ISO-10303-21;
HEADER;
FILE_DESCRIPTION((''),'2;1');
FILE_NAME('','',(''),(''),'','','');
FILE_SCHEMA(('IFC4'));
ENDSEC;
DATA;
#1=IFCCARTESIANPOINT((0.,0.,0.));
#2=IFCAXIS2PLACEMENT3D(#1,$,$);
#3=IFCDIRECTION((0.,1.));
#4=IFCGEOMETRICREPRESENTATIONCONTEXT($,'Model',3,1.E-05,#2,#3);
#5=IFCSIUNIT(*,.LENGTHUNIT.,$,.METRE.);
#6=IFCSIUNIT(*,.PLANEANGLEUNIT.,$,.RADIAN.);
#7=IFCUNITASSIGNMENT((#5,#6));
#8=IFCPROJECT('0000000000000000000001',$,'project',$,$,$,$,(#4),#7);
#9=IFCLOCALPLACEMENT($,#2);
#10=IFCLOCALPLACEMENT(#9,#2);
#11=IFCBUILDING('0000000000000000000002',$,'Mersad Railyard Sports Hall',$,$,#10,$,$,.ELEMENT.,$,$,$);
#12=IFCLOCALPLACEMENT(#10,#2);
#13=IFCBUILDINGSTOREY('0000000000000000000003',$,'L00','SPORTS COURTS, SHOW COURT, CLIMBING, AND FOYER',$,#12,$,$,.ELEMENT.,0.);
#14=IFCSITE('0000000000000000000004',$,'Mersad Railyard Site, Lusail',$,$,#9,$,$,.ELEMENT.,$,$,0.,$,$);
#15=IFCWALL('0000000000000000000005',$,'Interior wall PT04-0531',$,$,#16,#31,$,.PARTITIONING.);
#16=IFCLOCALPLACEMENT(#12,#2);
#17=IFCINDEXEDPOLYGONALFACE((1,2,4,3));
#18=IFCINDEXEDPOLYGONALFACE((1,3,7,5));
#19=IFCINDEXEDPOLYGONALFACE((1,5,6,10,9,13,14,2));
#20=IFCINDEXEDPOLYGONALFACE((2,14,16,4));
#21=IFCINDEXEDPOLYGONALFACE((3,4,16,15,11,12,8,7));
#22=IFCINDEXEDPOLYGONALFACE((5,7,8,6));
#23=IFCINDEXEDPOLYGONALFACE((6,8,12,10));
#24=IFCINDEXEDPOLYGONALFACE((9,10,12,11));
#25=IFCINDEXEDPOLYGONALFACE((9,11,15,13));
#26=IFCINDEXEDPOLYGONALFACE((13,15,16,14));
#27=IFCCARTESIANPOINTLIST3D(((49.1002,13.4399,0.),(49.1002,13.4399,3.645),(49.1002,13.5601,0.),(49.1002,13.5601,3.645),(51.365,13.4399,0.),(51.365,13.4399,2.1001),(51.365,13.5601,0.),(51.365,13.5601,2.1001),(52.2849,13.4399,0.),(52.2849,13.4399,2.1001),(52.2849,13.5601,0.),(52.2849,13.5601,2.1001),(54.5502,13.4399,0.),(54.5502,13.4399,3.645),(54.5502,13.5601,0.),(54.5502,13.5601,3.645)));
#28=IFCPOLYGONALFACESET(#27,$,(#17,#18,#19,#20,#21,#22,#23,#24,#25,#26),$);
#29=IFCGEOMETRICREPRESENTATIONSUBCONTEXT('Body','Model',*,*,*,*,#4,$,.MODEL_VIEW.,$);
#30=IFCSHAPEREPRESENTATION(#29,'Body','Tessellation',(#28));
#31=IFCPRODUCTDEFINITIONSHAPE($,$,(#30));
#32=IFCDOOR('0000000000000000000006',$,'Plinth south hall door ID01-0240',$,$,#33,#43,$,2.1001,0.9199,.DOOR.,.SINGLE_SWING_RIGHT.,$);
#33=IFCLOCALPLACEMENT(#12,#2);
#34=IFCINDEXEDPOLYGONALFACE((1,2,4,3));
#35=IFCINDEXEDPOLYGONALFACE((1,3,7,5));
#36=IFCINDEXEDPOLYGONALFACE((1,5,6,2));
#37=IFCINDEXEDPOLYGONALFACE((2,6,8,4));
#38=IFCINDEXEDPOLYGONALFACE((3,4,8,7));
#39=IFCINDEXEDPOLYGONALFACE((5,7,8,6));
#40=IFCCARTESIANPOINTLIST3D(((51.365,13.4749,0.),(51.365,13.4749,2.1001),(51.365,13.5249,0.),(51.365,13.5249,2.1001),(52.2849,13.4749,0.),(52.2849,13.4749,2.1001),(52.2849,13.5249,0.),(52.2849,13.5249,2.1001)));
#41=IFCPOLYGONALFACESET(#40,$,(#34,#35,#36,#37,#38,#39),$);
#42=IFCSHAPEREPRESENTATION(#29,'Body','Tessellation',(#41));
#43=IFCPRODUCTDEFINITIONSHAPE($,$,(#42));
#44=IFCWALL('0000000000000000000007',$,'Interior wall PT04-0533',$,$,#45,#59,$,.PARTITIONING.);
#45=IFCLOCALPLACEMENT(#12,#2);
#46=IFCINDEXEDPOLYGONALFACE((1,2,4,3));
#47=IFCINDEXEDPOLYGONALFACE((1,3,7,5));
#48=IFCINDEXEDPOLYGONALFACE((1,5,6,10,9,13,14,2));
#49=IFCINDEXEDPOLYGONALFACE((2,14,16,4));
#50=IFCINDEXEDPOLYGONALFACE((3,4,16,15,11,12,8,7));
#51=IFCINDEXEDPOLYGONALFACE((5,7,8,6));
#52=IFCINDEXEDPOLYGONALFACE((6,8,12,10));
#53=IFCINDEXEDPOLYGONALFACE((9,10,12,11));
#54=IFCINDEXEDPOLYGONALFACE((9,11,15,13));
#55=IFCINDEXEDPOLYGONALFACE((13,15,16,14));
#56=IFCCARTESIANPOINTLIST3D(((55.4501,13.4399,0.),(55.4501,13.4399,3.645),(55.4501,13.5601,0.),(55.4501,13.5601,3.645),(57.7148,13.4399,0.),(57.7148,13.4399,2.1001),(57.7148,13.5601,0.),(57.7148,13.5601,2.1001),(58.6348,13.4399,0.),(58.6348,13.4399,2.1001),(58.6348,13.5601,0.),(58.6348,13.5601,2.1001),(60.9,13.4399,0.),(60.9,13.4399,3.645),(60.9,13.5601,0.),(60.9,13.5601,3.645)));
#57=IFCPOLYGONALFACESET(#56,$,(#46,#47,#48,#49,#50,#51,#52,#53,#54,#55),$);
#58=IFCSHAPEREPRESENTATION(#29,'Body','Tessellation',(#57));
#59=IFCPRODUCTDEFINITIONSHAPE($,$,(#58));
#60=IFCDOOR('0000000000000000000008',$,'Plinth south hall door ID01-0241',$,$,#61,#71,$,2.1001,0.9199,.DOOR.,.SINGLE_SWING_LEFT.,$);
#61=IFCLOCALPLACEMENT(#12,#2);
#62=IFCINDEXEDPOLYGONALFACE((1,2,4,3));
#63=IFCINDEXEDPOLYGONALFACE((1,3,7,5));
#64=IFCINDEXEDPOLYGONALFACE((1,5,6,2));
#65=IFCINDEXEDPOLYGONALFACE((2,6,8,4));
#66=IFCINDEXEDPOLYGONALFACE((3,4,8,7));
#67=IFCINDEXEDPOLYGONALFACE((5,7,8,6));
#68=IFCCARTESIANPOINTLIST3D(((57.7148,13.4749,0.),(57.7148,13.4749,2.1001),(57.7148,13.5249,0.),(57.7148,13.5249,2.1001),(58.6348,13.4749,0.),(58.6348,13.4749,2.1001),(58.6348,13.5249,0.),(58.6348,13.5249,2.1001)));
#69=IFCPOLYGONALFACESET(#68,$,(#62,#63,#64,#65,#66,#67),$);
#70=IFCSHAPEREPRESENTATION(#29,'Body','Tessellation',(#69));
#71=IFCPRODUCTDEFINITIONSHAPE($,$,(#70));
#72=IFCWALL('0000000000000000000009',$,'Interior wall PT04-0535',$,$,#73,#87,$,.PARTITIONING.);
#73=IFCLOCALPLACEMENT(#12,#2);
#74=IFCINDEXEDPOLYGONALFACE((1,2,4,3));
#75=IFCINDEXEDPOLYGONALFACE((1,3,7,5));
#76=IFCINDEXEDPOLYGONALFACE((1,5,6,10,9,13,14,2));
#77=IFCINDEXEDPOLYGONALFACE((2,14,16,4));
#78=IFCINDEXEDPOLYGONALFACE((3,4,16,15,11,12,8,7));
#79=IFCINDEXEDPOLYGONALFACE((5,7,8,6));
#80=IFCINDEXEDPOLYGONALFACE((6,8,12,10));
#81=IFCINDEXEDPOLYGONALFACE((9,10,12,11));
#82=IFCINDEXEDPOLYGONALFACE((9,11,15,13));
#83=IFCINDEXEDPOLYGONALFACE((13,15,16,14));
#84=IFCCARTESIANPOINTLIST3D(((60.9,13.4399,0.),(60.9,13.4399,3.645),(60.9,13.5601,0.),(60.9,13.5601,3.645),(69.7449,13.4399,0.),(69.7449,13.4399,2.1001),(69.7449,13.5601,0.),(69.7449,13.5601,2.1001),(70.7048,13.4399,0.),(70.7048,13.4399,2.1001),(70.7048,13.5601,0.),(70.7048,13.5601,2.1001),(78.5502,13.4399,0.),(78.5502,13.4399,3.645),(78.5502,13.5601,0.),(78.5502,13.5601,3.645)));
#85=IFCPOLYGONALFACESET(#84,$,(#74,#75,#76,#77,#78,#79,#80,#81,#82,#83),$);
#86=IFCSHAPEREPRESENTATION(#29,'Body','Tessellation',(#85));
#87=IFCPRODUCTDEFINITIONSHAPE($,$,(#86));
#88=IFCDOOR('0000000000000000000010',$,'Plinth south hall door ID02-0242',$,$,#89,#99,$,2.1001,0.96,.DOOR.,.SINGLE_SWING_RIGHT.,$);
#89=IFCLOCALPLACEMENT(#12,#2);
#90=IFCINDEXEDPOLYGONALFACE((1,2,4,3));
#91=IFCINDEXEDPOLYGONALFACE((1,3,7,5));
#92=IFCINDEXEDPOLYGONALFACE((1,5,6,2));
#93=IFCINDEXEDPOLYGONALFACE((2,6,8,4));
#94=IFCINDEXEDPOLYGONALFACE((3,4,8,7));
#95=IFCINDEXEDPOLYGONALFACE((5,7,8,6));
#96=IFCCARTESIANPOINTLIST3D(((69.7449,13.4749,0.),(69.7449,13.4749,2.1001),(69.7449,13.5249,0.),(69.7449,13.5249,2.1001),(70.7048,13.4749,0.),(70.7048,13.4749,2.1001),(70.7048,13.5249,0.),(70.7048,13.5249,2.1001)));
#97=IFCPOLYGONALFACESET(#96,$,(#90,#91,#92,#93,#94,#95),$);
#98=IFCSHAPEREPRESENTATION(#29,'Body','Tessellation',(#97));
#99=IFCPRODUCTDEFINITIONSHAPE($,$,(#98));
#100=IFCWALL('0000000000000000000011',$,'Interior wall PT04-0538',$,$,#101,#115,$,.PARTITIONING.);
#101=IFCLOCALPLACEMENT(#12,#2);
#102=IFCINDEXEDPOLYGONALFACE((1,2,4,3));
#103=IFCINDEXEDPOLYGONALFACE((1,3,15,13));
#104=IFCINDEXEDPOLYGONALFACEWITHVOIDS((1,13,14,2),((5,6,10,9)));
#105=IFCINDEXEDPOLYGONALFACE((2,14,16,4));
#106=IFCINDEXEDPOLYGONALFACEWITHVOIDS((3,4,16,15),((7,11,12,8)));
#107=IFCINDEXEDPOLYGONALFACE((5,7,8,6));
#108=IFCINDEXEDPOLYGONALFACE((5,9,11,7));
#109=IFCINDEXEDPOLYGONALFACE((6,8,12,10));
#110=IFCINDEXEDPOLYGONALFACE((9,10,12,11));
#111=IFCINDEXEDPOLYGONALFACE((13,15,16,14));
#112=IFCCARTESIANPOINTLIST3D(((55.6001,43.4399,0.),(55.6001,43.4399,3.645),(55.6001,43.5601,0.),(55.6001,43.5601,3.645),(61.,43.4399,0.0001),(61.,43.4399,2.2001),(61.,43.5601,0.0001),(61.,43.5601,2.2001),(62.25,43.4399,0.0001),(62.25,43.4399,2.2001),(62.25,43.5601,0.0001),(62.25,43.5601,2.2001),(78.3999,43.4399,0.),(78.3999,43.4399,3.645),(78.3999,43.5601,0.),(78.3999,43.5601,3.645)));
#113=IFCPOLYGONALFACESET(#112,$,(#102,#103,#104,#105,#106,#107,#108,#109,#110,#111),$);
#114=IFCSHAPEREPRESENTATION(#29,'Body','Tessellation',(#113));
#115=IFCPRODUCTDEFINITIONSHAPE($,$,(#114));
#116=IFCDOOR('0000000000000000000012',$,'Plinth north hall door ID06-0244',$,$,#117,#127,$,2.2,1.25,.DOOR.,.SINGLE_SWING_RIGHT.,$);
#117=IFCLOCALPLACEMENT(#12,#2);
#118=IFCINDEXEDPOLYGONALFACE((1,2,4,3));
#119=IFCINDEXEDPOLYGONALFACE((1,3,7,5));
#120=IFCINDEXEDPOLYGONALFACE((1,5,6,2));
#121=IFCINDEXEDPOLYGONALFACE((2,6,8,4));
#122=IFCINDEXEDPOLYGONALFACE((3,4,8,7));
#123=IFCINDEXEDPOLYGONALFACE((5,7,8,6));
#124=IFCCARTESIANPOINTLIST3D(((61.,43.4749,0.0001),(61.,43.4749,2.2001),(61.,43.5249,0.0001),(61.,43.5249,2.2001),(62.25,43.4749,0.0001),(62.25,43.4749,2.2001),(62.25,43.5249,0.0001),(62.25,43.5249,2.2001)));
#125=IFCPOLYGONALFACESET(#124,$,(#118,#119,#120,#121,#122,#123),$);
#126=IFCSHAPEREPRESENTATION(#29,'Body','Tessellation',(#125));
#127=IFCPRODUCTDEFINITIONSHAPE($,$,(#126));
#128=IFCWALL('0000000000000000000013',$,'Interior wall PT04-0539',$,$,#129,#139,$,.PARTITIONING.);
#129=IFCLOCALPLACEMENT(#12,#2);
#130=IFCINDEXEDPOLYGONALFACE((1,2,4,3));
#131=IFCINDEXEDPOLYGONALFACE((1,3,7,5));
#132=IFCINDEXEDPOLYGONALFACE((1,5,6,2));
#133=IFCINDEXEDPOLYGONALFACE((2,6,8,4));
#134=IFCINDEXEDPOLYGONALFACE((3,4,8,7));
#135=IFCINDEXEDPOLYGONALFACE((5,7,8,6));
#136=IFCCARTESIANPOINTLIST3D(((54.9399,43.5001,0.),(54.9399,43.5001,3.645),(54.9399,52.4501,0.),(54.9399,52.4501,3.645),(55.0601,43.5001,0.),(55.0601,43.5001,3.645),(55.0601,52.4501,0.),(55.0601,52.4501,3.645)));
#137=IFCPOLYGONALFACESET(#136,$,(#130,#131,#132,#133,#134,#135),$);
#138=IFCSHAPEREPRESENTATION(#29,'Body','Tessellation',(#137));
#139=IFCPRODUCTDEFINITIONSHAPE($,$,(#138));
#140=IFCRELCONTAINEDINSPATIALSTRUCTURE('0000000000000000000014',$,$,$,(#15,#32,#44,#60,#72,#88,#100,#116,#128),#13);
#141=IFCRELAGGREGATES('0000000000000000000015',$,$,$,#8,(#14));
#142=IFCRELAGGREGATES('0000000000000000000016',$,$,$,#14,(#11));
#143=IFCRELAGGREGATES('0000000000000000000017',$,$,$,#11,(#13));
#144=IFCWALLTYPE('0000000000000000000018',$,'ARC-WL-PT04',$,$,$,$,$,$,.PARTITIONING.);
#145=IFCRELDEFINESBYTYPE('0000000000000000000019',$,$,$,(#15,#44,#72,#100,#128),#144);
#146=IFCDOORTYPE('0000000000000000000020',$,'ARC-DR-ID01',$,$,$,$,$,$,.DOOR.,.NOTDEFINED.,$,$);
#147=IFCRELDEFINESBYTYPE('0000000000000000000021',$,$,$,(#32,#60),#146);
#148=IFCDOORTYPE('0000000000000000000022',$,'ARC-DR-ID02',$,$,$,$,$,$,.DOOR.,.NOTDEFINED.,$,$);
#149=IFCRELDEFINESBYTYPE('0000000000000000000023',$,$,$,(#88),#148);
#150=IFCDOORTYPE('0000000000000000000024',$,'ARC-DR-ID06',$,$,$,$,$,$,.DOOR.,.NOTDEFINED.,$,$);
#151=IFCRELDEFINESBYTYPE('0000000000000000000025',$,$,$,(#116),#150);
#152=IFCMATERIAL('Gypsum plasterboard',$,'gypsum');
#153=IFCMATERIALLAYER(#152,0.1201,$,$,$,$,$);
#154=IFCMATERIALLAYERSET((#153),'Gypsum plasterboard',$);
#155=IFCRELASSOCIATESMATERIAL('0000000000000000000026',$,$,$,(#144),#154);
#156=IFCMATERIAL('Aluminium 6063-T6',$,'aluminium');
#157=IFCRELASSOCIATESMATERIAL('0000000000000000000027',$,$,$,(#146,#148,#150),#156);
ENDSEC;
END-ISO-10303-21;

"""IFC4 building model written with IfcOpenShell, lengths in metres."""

from ifc_helpers import new_model, si_unit, direction, frame, frame_2d, origin, place, context, subcontext, project, spatial, rectangle, extrude, material, layer, layer_set, type_object, element, fill, save


model = new_model("IFC4")

# Units and contexts
model_context = context("Model", 3, precision=1e-05, world=origin(), true_north=direction((0.0, 1.0)))
body_context = subcontext(model_context, "Body", "Model", "MODEL_VIEW")
ifc_project = project(units=[si_unit("LENGTHUNIT", "METRE"), si_unit("PLANEANGLEUNIT", "RADIAN")], contexts=[model_context])

# Site, building, storey
site_placement = place(None, origin())
site = spatial("IfcSite", under=ifc_project, at=site_placement, Name="Mersad Railyard Site, Lusail", CompositionType="ELEMENT", RefElevation=0.0)
building_placement = place(site_placement, origin())
building = spatial("IfcBuilding", under=site, at=building_placement, Name="Mersad Railyard Sports Hall", CompositionType="ELEMENT")
storey_placement = place(building_placement, origin())
storey = spatial("IfcBuildingStorey", under=building, at=storey_placement, Name="L00", Description="SPORTS COURTS, SHOW COURT, CLIMBING, AND FOYER", CompositionType="ELEMENT", Elevation=0.0)

# Walls, openings, doors
ifc_material_1 = material(Name="Gypsum plasterboard", Category="gypsum")
ifc_layer_1 = layer(ifc_material_1, 0.1201)
ifc_layer_set_1 = layer_set([ifc_layer_1], Name="Gypsum plasterboard")
wall_type_1 = type_object("IfcWallType", Name="ARC-WL-PT04", PredefinedType="PARTITIONING", material=ifc_layer_set_1)
ifc_material_2 = material(Name="Aluminium 6063-T6", Category="aluminium")
door_type_1 = type_object("IfcDoorType", Name="ARC-DR-ID01", OperationType="NOTDEFINED", PredefinedType="DOOR", material=ifc_material_2)
wall_1_placement = place(storey_placement, frame((49.1001, 13.5, 0.0), z_axis=(0.0, 0.0, 1.0), x_axis=(1.0, 0.0, 0.0)))
wall_1 = element("IfcWall", 1, at=wall_1_placement, inside=storey, type_object=wall_type_1, Name="Interior wall PT04-0531", PredefinedType="PARTITIONING", context=body_context, shape_type="SweptSolid", body=[
    extrude(rectangle(XDim=5.45, YDim=0.1201, at=frame_2d((2.7251, 0.0))), origin(), (0.0, 0.0, 1.0), 3.645),
])
opening_1_placement = place(wall_1_placement, frame((2.2649, 0.0, 0.0)))
opening_1 = element("IfcOpeningElement", 2, at=opening_1_placement, cuts=wall_1, PredefinedType="OPENING", context=body_context, shape_type="SweptSolid", body=[
    extrude(rectangle(XDim=0.9199, YDim=2.1001, at=frame_2d((0.46, 1.05))), frame((0.0, 0.0701, 0.0), z_axis=(0.0, -1.0, 0.0), x_axis=(1.0, 0.0, 0.0)), (0.0, 0.0, 1.0), 0.1401),
])
door_1_placement = place(opening_1_placement, origin())
door_1 = element("IfcDoor", 3, at=door_1_placement, inside=storey, type_object=door_type_1, Name="Plinth south hall door ID01-0240", OperationType="SINGLE_SWING_RIGHT", OverallHeight=2.1001, OverallWidth=0.9199, PredefinedType="DOOR", context=body_context, shape_type="SweptSolid", body=[
    extrude(rectangle(XDim=0.9199, YDim=2.1001, at=frame_2d((0.46, 1.05))), frame((0.0, 0.0249, 0.0), z_axis=(0.0, -1.0, 0.0), x_axis=(1.0, 0.0, 0.0)), (0.0, 0.0, 1.0), 0.05),
])
fill(opening_1, door_1)
wall_2_placement = place(storey_placement, frame((55.45, 13.5, 0.0), z_axis=(0.0, 0.0, 1.0), x_axis=(1.0, 0.0, 0.0)))
wall_2 = element("IfcWall", 4, at=wall_2_placement, inside=storey, type_object=wall_type_1, Name="Interior wall PT04-0533", PredefinedType="PARTITIONING", context=body_context, shape_type="SweptSolid", body=[
    extrude(rectangle(XDim=5.45, YDim=0.1201, at=frame_2d((2.7251, 0.0))), origin(), (0.0, 0.0, 1.0), 3.645),
])
opening_2_placement = place(wall_2_placement, frame((2.2649, 0.0, 0.0)))
opening_2 = element("IfcOpeningElement", 5, at=opening_2_placement, cuts=wall_2, PredefinedType="OPENING", context=body_context, shape_type="SweptSolid", body=[
    extrude(rectangle(XDim=0.9199, YDim=2.1001, at=frame_2d((0.46, 1.05))), frame((0.0, 0.0701, 0.0), z_axis=(0.0, -1.0, 0.0), x_axis=(1.0, 0.0, 0.0)), (0.0, 0.0, 1.0), 0.1401),
])
door_2_placement = place(opening_2_placement, origin())
door_2 = element("IfcDoor", 6, at=door_2_placement, inside=storey, type_object=door_type_1, Name="Plinth south hall door ID01-0241", OperationType="SINGLE_SWING_LEFT", OverallHeight=2.1001, OverallWidth=0.9199, PredefinedType="DOOR", context=body_context, shape_type="SweptSolid", body=[
    extrude(rectangle(XDim=0.9199, YDim=2.1001, at=frame_2d((0.46, 1.05))), frame((0.0, 0.0249, 0.0), z_axis=(0.0, -1.0, 0.0), x_axis=(1.0, 0.0, 0.0)), (0.0, 0.0, 1.0), 0.05),
])
fill(opening_2, door_2)
wall_3_placement = place(storey_placement, frame((60.8999, 13.5, 0.0), z_axis=(0.0, 0.0, 1.0), x_axis=(1.0, 0.0, 0.0)))
wall_3 = element("IfcWall", 7, at=wall_3_placement, inside=storey, type_object=wall_type_1, Name="Interior wall PT04-0535", PredefinedType="PARTITIONING", context=body_context, shape_type="SweptSolid", body=[
    extrude(rectangle(XDim=17.6501, YDim=0.1201, at=frame_2d((8.8252, 0.0))), origin(), (0.0, 0.0, 1.0), 3.645),
])
opening_3_placement = place(wall_3_placement, frame((8.845, 0.0, 0.0)))
opening_3 = element("IfcOpeningElement", 8, at=opening_3_placement, cuts=wall_3, PredefinedType="OPENING", context=body_context, shape_type="SweptSolid", body=[
    extrude(rectangle(XDim=0.96, YDim=2.1001, at=frame_2d((0.48, 1.05))), frame((0.0, 0.0701, 0.0), z_axis=(0.0, -1.0, 0.0), x_axis=(1.0, 0.0, 0.0)), (0.0, 0.0, 1.0), 0.1401),
])
door_type_2 = type_object("IfcDoorType", Name="ARC-DR-ID02", OperationType="NOTDEFINED", PredefinedType="DOOR", material=ifc_material_2)
door_3_placement = place(opening_3_placement, origin())
door_3 = element("IfcDoor", 9, at=door_3_placement, inside=storey, type_object=door_type_2, Name="Plinth south hall door ID02-0242", OperationType="SINGLE_SWING_RIGHT", OverallHeight=2.1001, OverallWidth=0.96, PredefinedType="DOOR", context=body_context, shape_type="SweptSolid", body=[
    extrude(rectangle(XDim=0.96, YDim=2.1001, at=frame_2d((0.48, 1.05))), frame((0.0, 0.0249, 0.0), z_axis=(0.0, -1.0, 0.0), x_axis=(1.0, 0.0, 0.0)), (0.0, 0.0, 1.0), 0.05),
])
fill(opening_3, door_3)
wall_4_placement = place(storey_placement, frame((55.6001, 43.5, 0.0), z_axis=(0.0, 0.0, 1.0), x_axis=(1.0, 0.0, 0.0)))
wall_4 = element("IfcWall", 10, at=wall_4_placement, inside=storey, type_object=wall_type_1, Name="Interior wall PT04-0538", PredefinedType="PARTITIONING", context=body_context, shape_type="SweptSolid", body=[
    extrude(rectangle(XDim=22.7998, YDim=0.1201, at=frame_2d((11.3999, 0.0))), origin(), (0.0, 0.0, 1.0), 3.645),
])
opening_4_placement = place(wall_4_placement, frame((5.3999, 0.0, 0.0)))
opening_4 = element("IfcOpeningElement", 11, at=opening_4_placement, cuts=wall_4, PredefinedType="OPENING", context=body_context, shape_type="SweptSolid", body=[
    extrude(rectangle(XDim=1.25, YDim=2.2, at=frame_2d((0.625, 1.1001))), frame((0.0, 0.0701, 0.0), z_axis=(0.0, -1.0, 0.0), x_axis=(1.0, 0.0, 0.0)), (0.0, 0.0, 1.0), 0.1401),
])
door_type_3 = type_object("IfcDoorType", Name="ARC-DR-ID06", OperationType="NOTDEFINED", PredefinedType="DOOR", material=ifc_material_2)
door_4_placement = place(opening_4_placement, origin())
door_4 = element("IfcDoor", 12, at=door_4_placement, inside=storey, type_object=door_type_3, Name="Plinth north hall door ID06-0244", OperationType="SINGLE_SWING_RIGHT", OverallHeight=2.2, OverallWidth=1.25, PredefinedType="DOOR", context=body_context, shape_type="SweptSolid", body=[
    extrude(rectangle(XDim=1.25, YDim=2.2, at=frame_2d((0.625, 1.1001))), frame((0.0, 0.0249, 0.0), z_axis=(0.0, -1.0, 0.0), x_axis=(1.0, 0.0, 0.0)), (0.0, 0.0, 1.0), 0.05),
])
fill(opening_4, door_4)

# Wall
wall_5_placement = place(storey_placement, frame((55.0, 43.5, 0.0), z_axis=(0.0, 0.0, 1.0), x_axis=(0.0, 1.0, 0.0)))
element("IfcWall", 13, at=wall_5_placement, inside=storey, type_object=wall_type_1, Name="Interior wall PT04-0539", PredefinedType="PARTITIONING", context=body_context, shape_type="SweptSolid", body=[
    extrude(rectangle(XDim=8.95, YDim=0.1201, at=frame_2d((4.4751, 0.0))), origin(), (0.0, 0.0, 1.0), 3.645),
])

save(model, "model.ifc")
